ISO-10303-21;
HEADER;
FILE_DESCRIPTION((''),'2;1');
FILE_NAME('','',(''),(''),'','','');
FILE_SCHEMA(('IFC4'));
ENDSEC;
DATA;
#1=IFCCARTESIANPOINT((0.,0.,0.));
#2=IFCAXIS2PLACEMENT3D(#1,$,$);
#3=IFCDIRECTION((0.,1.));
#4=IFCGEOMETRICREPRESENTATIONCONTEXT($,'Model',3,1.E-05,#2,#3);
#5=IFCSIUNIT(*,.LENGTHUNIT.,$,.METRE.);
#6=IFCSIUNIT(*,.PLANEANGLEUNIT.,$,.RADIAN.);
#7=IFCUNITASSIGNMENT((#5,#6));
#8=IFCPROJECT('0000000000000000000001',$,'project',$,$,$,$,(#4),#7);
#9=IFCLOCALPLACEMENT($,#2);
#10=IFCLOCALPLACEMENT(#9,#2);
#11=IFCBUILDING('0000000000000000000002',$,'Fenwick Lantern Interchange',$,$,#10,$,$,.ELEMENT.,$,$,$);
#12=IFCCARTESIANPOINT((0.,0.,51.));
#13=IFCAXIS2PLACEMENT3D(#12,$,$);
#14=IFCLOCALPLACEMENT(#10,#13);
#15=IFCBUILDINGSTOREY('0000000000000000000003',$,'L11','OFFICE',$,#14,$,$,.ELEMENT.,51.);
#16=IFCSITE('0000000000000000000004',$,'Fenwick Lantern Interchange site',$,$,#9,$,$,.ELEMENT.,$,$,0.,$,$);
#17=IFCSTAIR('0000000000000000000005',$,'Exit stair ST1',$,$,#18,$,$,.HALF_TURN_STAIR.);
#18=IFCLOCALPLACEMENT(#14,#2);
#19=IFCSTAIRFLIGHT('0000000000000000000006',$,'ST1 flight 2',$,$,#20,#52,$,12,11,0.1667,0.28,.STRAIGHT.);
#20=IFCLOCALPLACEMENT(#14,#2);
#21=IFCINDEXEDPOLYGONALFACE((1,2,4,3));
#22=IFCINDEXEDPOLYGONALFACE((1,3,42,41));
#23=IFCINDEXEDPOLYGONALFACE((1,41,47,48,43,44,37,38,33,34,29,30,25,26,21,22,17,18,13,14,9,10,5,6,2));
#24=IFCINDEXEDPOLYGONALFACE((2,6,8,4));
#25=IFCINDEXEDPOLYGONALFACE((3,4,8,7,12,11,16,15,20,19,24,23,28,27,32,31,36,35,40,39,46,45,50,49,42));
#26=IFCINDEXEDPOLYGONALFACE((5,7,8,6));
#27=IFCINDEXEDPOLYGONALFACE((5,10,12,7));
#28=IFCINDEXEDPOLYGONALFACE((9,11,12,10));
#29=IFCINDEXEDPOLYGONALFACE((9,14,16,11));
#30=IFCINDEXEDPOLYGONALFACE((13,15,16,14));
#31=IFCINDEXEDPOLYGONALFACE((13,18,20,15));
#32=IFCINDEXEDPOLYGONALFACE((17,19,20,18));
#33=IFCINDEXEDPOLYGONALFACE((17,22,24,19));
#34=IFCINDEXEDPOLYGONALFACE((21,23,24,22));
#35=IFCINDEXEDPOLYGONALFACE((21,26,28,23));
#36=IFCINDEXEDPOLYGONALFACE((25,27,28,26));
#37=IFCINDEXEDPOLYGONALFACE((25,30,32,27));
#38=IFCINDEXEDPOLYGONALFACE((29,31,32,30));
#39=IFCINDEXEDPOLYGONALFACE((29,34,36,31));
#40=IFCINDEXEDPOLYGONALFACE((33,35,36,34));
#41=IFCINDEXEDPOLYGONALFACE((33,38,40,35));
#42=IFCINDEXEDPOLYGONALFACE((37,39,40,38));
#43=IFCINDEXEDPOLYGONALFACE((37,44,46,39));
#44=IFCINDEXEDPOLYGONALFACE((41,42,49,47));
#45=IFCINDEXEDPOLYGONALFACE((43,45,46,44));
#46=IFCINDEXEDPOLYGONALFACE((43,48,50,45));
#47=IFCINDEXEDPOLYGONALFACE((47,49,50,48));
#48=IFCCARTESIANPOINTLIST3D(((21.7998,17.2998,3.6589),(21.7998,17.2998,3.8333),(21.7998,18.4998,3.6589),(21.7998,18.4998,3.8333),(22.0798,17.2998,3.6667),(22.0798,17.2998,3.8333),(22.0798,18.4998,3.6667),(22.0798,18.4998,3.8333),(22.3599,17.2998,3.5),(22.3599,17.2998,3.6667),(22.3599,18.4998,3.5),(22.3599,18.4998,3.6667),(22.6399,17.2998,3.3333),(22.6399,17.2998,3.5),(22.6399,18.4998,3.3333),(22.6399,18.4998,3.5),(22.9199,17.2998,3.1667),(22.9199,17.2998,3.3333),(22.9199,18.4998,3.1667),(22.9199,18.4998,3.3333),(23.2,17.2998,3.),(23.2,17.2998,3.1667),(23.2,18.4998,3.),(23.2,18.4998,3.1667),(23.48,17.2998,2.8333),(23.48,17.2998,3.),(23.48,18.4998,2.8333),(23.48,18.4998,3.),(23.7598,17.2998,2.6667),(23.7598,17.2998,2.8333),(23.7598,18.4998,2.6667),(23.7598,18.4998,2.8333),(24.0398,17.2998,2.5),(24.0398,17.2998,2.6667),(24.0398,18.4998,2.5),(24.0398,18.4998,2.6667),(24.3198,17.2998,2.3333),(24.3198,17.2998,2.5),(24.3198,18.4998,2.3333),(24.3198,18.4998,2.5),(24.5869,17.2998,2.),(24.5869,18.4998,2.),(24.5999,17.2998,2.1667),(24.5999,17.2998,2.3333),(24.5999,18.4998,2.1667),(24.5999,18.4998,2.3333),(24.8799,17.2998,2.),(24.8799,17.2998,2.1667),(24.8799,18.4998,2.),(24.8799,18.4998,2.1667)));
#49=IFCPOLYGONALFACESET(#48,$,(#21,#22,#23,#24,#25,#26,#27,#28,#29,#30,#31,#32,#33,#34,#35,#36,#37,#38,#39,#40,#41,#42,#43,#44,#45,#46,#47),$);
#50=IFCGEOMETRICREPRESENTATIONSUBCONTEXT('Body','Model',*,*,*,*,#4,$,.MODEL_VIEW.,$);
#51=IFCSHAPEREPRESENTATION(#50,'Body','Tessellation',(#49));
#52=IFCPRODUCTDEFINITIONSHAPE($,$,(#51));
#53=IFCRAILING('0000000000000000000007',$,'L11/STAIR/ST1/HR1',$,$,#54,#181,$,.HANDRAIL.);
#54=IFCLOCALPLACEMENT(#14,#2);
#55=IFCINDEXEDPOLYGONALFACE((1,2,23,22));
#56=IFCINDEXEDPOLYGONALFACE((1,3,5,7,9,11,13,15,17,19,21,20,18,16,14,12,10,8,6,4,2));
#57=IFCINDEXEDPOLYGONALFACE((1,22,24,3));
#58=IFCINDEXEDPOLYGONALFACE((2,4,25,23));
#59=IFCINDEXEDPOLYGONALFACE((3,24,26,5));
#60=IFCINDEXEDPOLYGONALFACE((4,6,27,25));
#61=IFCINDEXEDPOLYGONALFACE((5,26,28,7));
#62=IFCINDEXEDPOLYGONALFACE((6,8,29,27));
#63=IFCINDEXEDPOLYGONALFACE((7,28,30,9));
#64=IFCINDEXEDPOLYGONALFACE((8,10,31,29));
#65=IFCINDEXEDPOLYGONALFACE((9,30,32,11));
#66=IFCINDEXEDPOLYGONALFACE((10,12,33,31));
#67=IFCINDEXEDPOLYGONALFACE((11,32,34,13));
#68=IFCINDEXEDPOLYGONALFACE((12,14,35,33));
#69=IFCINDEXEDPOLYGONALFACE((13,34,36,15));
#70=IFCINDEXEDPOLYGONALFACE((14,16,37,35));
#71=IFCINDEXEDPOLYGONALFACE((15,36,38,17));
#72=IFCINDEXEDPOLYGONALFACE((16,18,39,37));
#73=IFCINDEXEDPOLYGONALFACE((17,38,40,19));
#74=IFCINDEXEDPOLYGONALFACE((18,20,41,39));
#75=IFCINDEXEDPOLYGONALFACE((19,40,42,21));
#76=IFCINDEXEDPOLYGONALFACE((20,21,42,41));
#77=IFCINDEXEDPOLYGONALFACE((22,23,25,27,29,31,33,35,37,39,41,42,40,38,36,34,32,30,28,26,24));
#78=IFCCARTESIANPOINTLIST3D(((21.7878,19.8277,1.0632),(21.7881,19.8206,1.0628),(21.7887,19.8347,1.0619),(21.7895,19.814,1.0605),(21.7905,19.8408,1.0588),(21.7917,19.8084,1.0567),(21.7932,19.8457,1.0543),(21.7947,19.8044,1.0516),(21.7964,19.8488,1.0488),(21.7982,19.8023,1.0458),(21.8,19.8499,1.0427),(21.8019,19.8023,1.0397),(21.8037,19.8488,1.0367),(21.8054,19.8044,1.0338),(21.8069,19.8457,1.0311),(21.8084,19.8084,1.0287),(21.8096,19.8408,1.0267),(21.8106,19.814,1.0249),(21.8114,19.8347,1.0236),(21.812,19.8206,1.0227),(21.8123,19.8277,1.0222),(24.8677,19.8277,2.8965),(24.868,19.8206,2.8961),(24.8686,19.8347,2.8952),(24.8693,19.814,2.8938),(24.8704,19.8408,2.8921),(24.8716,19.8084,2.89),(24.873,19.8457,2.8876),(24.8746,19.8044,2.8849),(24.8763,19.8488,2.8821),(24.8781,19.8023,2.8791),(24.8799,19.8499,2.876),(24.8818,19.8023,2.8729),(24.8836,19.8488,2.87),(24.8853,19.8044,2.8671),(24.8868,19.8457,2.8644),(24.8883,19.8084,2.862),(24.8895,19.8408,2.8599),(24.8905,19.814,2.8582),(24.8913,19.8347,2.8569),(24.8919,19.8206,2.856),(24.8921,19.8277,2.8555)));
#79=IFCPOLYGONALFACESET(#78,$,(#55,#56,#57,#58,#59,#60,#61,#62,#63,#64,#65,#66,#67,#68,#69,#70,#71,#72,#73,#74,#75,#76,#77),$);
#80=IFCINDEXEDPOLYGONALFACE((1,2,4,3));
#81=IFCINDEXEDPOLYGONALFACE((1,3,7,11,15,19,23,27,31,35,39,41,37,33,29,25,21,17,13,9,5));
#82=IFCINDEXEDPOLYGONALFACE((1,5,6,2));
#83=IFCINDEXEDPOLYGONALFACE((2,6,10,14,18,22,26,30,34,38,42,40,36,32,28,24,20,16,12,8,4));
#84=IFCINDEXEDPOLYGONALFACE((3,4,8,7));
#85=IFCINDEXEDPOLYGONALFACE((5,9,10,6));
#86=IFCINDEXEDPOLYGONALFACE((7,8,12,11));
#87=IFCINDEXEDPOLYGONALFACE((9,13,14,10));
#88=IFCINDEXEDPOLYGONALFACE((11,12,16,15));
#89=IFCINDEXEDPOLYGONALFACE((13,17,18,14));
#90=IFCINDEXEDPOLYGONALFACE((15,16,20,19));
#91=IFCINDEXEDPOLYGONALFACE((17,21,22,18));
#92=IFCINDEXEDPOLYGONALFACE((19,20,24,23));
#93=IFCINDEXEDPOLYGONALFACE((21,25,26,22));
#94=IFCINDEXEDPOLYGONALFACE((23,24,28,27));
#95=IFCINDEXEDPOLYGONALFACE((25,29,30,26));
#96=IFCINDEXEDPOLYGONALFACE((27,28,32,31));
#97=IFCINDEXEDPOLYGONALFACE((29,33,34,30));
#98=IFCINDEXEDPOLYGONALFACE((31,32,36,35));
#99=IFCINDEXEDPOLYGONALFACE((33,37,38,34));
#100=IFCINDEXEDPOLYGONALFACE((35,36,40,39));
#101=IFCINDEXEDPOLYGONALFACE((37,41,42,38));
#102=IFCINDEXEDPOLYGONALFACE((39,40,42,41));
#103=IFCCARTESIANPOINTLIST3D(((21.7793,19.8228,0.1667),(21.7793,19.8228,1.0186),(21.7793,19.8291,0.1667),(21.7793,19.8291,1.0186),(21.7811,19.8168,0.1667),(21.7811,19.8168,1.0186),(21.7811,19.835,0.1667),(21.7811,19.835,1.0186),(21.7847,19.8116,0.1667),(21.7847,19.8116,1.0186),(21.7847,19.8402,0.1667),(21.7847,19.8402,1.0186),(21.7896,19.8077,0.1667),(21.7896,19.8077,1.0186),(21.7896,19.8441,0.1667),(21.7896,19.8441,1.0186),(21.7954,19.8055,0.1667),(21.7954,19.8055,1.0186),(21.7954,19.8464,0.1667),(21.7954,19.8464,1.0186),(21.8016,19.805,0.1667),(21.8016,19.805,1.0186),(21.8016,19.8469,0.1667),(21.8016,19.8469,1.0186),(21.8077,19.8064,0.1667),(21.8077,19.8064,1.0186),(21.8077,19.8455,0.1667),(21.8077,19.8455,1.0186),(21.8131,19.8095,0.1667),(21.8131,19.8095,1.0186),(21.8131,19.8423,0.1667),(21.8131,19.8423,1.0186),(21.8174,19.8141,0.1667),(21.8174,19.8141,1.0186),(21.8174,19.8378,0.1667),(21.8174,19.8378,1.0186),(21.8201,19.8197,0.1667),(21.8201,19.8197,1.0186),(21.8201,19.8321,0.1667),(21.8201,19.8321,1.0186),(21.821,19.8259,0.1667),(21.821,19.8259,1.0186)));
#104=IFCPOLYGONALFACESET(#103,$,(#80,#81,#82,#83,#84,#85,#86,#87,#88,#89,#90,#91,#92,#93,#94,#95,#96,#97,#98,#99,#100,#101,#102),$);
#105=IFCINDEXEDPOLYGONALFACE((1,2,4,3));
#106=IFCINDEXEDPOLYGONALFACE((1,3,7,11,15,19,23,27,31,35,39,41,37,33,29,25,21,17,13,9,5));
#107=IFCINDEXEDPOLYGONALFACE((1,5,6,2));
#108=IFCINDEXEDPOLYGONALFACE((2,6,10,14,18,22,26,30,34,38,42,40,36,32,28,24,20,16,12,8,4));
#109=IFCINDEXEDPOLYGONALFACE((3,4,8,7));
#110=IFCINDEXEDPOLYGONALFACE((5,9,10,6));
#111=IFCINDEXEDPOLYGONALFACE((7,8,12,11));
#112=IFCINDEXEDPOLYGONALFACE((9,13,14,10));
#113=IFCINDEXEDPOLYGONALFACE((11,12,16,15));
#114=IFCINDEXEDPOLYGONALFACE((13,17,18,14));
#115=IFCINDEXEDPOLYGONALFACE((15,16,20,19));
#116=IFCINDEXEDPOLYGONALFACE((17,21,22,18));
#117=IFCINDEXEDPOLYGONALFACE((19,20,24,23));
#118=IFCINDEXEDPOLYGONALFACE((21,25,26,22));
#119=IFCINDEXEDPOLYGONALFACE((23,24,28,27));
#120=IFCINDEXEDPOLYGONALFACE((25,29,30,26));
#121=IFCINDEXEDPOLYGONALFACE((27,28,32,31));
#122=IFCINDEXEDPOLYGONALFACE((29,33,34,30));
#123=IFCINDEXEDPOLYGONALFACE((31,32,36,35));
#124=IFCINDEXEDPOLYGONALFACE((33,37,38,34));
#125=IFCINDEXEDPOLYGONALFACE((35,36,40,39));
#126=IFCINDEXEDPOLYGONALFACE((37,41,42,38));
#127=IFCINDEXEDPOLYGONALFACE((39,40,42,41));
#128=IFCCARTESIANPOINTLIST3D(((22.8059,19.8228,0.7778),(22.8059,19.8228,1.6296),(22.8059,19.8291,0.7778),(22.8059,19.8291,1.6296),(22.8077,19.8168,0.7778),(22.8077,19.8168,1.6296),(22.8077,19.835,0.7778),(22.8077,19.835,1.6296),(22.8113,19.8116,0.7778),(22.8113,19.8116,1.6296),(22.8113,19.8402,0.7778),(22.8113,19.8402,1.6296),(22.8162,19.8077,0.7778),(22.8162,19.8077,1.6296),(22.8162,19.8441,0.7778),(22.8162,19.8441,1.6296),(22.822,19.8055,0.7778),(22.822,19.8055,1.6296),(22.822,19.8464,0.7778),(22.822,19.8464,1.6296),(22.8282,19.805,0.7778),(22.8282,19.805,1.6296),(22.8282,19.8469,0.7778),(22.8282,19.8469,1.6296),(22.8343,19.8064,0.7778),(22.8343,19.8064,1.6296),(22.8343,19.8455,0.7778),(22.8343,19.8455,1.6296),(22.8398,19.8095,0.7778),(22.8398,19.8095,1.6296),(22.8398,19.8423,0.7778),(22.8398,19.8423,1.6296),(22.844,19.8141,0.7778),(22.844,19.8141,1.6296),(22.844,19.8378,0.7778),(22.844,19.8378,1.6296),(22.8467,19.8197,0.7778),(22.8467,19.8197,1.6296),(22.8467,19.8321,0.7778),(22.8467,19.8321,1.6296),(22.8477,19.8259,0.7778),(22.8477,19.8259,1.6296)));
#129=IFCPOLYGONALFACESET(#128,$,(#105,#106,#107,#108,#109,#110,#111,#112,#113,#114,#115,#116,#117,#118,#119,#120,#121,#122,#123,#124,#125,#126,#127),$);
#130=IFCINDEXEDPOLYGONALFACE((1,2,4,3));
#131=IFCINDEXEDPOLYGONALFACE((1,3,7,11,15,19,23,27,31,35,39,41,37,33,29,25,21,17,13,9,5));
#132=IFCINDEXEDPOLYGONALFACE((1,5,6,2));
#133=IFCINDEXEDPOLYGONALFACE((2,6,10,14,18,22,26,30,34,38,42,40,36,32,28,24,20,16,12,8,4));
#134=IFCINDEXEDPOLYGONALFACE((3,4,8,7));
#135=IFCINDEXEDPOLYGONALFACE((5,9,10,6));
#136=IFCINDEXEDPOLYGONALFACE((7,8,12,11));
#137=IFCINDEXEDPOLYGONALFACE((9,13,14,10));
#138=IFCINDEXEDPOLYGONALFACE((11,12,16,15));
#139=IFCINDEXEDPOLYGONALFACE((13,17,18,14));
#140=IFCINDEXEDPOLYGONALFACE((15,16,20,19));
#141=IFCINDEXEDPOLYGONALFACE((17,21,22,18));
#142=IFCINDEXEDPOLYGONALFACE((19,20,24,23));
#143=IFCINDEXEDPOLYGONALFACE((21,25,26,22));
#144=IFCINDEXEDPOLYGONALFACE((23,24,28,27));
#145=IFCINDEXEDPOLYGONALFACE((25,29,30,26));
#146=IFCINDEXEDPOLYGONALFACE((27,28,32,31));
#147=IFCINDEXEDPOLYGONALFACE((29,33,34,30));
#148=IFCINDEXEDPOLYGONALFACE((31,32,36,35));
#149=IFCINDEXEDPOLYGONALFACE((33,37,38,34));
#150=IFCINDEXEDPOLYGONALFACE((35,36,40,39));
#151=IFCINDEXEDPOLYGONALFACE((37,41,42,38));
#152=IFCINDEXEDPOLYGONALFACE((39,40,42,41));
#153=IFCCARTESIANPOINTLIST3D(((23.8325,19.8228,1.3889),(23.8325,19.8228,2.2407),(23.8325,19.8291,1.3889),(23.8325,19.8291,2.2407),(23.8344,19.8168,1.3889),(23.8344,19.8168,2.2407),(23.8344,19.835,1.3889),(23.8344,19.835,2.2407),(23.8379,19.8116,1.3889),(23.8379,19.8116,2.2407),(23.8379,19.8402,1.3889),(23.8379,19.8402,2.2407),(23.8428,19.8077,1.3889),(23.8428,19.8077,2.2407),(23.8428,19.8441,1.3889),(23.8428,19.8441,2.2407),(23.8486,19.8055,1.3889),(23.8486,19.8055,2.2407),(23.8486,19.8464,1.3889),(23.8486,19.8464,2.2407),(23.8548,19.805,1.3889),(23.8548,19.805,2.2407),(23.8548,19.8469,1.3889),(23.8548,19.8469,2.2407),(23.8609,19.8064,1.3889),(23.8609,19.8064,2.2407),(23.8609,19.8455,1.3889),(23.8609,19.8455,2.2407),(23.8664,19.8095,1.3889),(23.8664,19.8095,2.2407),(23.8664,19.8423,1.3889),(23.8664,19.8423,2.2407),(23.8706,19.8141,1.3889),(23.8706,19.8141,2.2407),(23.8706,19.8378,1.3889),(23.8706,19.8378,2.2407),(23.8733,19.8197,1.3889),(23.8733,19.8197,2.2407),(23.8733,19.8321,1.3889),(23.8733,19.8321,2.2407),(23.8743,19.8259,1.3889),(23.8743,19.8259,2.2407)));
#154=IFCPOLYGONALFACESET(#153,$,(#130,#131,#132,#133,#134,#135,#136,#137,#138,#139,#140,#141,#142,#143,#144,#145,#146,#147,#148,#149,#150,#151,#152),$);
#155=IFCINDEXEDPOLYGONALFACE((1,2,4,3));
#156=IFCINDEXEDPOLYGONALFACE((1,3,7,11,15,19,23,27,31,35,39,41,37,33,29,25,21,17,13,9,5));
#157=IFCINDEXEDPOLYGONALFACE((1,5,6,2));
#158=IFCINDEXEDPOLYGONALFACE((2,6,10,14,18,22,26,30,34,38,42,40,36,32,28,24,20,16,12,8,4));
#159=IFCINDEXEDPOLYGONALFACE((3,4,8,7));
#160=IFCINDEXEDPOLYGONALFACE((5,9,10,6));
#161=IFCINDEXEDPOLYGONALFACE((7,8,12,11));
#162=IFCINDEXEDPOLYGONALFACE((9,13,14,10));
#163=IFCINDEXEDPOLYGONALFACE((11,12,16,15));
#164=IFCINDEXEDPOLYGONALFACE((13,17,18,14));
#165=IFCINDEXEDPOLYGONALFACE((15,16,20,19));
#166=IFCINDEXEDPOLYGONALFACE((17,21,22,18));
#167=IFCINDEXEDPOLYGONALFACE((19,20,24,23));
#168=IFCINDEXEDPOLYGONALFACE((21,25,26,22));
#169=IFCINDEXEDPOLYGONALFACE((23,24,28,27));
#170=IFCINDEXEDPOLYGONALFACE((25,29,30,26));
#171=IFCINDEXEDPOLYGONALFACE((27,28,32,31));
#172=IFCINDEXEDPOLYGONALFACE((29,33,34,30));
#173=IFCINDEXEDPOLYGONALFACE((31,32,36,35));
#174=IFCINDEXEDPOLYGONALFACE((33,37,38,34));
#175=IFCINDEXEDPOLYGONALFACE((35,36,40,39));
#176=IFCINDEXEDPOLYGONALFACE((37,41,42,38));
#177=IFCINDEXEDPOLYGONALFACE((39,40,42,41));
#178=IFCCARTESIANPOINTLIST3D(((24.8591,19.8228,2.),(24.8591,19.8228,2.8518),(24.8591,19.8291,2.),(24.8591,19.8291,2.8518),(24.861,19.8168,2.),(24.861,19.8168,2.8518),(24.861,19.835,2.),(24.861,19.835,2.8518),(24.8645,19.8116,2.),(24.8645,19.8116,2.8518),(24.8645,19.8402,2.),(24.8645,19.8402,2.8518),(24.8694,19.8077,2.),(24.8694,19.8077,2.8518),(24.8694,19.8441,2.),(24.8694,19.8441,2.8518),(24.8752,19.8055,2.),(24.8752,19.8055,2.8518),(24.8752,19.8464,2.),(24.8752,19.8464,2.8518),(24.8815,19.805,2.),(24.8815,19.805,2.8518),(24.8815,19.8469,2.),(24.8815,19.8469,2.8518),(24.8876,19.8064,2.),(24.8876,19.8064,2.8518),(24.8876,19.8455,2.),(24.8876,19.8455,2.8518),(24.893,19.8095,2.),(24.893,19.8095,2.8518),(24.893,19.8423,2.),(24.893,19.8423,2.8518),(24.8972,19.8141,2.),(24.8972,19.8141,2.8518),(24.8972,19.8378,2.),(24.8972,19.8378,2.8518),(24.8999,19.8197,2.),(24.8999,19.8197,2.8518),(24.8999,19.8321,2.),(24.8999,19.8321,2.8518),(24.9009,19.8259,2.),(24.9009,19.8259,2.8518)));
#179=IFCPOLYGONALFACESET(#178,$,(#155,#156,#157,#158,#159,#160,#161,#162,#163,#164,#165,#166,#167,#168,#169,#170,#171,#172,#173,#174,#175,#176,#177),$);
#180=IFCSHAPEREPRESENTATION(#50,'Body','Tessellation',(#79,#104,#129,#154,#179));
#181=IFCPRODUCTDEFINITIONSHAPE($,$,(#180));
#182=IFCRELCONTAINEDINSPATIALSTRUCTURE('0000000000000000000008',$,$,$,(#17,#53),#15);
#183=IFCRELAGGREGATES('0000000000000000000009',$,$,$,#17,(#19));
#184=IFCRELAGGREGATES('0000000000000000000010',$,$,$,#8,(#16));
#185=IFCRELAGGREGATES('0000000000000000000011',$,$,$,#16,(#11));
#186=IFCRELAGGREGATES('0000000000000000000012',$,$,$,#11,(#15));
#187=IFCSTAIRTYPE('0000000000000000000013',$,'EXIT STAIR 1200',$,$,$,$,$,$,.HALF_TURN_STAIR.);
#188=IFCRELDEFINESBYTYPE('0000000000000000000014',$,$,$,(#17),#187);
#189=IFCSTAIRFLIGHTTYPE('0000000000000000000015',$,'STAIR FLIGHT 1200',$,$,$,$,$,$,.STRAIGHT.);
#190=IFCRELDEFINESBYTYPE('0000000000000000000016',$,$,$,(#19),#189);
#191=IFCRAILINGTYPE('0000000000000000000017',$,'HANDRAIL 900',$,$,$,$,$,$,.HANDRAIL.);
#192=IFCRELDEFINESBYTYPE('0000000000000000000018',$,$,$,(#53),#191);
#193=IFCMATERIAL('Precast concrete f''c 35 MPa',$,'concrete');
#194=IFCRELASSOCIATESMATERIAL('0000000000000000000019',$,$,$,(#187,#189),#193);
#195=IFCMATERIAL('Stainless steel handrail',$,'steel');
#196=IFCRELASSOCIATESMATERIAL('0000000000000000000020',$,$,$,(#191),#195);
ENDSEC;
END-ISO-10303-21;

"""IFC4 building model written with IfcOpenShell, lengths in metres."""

from ifc_helpers import new_model, si_unit, direction, frame, origin, origin_2d, place, context, subcontext, project, spatial, polyline, circle, outline, extrude, material, type_object, element, aggregate, save


model = new_model("IFC4")

# Units and contexts
model_context = context("Model", 3, precision=1e-05, world=origin(), true_north=direction((0.0, 1.0)))
body_context = subcontext(model_context, "Body", "Model", "MODEL_VIEW")
ifc_project = project(units=[si_unit("LENGTHUNIT", "METRE"), si_unit("PLANEANGLEUNIT", "RADIAN")], contexts=[model_context])

# Site, building, storey
site_placement = place(None, origin())
site = spatial("IfcSite", under=ifc_project, at=site_placement, Name="Fenwick Lantern Interchange site", CompositionType="ELEMENT", RefElevation=0.0)
building_placement = place(site_placement, origin())
building = spatial("IfcBuilding", under=site, at=building_placement, Name="Fenwick Lantern Interchange", CompositionType="ELEMENT")
storey_placement = place(building_placement, frame((0.0, 0.0, 51.0)))
storey = spatial("IfcBuildingStorey", under=building, at=storey_placement, Name="L11", Description="OFFICE", CompositionType="ELEMENT", Elevation=51.0)

# Stair, stair flight
ifc_material_1 = material(Name="Precast concrete f'c 35 MPa", Category="concrete")
stair_type = type_object("IfcStairType", Name="EXIT STAIR 1200", PredefinedType="HALF_TURN_STAIR", material=ifc_material_1)
stair_placement = place(storey_placement, origin())
stair = element("IfcStair", 1, at=stair_placement, inside=storey, type_object=stair_type, Name="Exit stair ST1", PredefinedType="HALF_TURN_STAIR")
stair_flight_type = type_object("IfcStairFlightType", Name="STAIR FLIGHT 1200", PredefinedType="STRAIGHT", material=ifc_material_1)
stair_flight_1_placement = place(storey_placement, frame((24.8799, 17.8999, 2.0), z_axis=(0.0, 0.0, 1.0), x_axis=(-1.0, 0.0, 0.0)))
stair_flight_1 = element("IfcStairFlight", 2, at=stair_flight_1_placement, type_object=stair_flight_type, Name="ST1 flight 2", NumberOfRisers=12, NumberOfTreads=11, PredefinedType="STRAIGHT", RiserHeight=0.1667, TreadLength=0.28, context=body_context, shape_type="SweptSolid", body=[
    extrude(outline(polyline([(0.0, 0.0), (0.0, 0.1667), (0.28, 0.1667), (0.28, 0.3333), (0.5601, 0.3333), (0.5601, 0.5), (0.8401, 0.5), (0.8401, 0.6667), (1.1201, 0.6667), (1.1201, 0.8333), (1.3999, 0.8333), (1.3999, 1.0), (1.6799, 1.0), (1.6799, 1.1667), (1.96, 1.1667), (1.96, 1.3333), (2.24, 1.3333), (2.24, 1.5), (2.52, 1.5), (2.52, 1.6667), (2.8, 1.6667), (2.8, 1.8333), (3.0801, 1.8333), (3.0801, 2.0), (3.0801, 1.6589), (0.293, 0.0), (0.0, 0.0)])), frame((0.0, 0.6001, 0.0), z_axis=(0.0, -1.0, 0.0), x_axis=(1.0, 0.0, 0.0)), (0.0, 0.0, 1.0), 1.2),
])
aggregate(stair, [stair_flight_1])

# Railing
ifc_material_2 = material(Name="Stainless steel handrail", Category="steel")
railing_type = type_object("IfcRailingType", Name="HANDRAIL 900", PredefinedType="HANDRAIL", material=ifc_material_2)
railing_1_placement = place(storey_placement, frame((21.8, 19.8259, 0.1667)))
element("IfcRailing", 3, at=railing_1_placement, inside=storey, type_object=railing_type, Name="L11/STAIR/ST1/HR1", PredefinedType="HANDRAIL", context=body_context, shape_type="SweptSolid", body=[
    extrude(circle(Radius=0.0239, at=origin_2d()), frame((0.0, 0.0, 0.876), z_axis=(0.859291, 0.0, 0.511487), x_axis=(0.0, 1.0, 0.0)), (0.0, 0.0, 1.0), 3.5842),
    extrude(circle(Radius=0.021, at=origin_2d()), origin(), (0.0, 0.0, 1.0), 0.8518),
    extrude(circle(Radius=0.021, at=origin_2d()), frame((1.0266, 0.0, 0.6111)), (0.0, 0.0, 1.0), 0.8518),
    extrude(circle(Radius=0.021, at=origin_2d()), frame((2.0532, 0.0, 1.2222)), (0.0, 0.0, 1.0), 0.8518),
    extrude(circle(Radius=0.021, at=origin_2d()), frame((3.0798, 0.0, 1.8333)), (0.0, 0.0, 1.0), 0.8518),
])

save(model, "model.ifc")
